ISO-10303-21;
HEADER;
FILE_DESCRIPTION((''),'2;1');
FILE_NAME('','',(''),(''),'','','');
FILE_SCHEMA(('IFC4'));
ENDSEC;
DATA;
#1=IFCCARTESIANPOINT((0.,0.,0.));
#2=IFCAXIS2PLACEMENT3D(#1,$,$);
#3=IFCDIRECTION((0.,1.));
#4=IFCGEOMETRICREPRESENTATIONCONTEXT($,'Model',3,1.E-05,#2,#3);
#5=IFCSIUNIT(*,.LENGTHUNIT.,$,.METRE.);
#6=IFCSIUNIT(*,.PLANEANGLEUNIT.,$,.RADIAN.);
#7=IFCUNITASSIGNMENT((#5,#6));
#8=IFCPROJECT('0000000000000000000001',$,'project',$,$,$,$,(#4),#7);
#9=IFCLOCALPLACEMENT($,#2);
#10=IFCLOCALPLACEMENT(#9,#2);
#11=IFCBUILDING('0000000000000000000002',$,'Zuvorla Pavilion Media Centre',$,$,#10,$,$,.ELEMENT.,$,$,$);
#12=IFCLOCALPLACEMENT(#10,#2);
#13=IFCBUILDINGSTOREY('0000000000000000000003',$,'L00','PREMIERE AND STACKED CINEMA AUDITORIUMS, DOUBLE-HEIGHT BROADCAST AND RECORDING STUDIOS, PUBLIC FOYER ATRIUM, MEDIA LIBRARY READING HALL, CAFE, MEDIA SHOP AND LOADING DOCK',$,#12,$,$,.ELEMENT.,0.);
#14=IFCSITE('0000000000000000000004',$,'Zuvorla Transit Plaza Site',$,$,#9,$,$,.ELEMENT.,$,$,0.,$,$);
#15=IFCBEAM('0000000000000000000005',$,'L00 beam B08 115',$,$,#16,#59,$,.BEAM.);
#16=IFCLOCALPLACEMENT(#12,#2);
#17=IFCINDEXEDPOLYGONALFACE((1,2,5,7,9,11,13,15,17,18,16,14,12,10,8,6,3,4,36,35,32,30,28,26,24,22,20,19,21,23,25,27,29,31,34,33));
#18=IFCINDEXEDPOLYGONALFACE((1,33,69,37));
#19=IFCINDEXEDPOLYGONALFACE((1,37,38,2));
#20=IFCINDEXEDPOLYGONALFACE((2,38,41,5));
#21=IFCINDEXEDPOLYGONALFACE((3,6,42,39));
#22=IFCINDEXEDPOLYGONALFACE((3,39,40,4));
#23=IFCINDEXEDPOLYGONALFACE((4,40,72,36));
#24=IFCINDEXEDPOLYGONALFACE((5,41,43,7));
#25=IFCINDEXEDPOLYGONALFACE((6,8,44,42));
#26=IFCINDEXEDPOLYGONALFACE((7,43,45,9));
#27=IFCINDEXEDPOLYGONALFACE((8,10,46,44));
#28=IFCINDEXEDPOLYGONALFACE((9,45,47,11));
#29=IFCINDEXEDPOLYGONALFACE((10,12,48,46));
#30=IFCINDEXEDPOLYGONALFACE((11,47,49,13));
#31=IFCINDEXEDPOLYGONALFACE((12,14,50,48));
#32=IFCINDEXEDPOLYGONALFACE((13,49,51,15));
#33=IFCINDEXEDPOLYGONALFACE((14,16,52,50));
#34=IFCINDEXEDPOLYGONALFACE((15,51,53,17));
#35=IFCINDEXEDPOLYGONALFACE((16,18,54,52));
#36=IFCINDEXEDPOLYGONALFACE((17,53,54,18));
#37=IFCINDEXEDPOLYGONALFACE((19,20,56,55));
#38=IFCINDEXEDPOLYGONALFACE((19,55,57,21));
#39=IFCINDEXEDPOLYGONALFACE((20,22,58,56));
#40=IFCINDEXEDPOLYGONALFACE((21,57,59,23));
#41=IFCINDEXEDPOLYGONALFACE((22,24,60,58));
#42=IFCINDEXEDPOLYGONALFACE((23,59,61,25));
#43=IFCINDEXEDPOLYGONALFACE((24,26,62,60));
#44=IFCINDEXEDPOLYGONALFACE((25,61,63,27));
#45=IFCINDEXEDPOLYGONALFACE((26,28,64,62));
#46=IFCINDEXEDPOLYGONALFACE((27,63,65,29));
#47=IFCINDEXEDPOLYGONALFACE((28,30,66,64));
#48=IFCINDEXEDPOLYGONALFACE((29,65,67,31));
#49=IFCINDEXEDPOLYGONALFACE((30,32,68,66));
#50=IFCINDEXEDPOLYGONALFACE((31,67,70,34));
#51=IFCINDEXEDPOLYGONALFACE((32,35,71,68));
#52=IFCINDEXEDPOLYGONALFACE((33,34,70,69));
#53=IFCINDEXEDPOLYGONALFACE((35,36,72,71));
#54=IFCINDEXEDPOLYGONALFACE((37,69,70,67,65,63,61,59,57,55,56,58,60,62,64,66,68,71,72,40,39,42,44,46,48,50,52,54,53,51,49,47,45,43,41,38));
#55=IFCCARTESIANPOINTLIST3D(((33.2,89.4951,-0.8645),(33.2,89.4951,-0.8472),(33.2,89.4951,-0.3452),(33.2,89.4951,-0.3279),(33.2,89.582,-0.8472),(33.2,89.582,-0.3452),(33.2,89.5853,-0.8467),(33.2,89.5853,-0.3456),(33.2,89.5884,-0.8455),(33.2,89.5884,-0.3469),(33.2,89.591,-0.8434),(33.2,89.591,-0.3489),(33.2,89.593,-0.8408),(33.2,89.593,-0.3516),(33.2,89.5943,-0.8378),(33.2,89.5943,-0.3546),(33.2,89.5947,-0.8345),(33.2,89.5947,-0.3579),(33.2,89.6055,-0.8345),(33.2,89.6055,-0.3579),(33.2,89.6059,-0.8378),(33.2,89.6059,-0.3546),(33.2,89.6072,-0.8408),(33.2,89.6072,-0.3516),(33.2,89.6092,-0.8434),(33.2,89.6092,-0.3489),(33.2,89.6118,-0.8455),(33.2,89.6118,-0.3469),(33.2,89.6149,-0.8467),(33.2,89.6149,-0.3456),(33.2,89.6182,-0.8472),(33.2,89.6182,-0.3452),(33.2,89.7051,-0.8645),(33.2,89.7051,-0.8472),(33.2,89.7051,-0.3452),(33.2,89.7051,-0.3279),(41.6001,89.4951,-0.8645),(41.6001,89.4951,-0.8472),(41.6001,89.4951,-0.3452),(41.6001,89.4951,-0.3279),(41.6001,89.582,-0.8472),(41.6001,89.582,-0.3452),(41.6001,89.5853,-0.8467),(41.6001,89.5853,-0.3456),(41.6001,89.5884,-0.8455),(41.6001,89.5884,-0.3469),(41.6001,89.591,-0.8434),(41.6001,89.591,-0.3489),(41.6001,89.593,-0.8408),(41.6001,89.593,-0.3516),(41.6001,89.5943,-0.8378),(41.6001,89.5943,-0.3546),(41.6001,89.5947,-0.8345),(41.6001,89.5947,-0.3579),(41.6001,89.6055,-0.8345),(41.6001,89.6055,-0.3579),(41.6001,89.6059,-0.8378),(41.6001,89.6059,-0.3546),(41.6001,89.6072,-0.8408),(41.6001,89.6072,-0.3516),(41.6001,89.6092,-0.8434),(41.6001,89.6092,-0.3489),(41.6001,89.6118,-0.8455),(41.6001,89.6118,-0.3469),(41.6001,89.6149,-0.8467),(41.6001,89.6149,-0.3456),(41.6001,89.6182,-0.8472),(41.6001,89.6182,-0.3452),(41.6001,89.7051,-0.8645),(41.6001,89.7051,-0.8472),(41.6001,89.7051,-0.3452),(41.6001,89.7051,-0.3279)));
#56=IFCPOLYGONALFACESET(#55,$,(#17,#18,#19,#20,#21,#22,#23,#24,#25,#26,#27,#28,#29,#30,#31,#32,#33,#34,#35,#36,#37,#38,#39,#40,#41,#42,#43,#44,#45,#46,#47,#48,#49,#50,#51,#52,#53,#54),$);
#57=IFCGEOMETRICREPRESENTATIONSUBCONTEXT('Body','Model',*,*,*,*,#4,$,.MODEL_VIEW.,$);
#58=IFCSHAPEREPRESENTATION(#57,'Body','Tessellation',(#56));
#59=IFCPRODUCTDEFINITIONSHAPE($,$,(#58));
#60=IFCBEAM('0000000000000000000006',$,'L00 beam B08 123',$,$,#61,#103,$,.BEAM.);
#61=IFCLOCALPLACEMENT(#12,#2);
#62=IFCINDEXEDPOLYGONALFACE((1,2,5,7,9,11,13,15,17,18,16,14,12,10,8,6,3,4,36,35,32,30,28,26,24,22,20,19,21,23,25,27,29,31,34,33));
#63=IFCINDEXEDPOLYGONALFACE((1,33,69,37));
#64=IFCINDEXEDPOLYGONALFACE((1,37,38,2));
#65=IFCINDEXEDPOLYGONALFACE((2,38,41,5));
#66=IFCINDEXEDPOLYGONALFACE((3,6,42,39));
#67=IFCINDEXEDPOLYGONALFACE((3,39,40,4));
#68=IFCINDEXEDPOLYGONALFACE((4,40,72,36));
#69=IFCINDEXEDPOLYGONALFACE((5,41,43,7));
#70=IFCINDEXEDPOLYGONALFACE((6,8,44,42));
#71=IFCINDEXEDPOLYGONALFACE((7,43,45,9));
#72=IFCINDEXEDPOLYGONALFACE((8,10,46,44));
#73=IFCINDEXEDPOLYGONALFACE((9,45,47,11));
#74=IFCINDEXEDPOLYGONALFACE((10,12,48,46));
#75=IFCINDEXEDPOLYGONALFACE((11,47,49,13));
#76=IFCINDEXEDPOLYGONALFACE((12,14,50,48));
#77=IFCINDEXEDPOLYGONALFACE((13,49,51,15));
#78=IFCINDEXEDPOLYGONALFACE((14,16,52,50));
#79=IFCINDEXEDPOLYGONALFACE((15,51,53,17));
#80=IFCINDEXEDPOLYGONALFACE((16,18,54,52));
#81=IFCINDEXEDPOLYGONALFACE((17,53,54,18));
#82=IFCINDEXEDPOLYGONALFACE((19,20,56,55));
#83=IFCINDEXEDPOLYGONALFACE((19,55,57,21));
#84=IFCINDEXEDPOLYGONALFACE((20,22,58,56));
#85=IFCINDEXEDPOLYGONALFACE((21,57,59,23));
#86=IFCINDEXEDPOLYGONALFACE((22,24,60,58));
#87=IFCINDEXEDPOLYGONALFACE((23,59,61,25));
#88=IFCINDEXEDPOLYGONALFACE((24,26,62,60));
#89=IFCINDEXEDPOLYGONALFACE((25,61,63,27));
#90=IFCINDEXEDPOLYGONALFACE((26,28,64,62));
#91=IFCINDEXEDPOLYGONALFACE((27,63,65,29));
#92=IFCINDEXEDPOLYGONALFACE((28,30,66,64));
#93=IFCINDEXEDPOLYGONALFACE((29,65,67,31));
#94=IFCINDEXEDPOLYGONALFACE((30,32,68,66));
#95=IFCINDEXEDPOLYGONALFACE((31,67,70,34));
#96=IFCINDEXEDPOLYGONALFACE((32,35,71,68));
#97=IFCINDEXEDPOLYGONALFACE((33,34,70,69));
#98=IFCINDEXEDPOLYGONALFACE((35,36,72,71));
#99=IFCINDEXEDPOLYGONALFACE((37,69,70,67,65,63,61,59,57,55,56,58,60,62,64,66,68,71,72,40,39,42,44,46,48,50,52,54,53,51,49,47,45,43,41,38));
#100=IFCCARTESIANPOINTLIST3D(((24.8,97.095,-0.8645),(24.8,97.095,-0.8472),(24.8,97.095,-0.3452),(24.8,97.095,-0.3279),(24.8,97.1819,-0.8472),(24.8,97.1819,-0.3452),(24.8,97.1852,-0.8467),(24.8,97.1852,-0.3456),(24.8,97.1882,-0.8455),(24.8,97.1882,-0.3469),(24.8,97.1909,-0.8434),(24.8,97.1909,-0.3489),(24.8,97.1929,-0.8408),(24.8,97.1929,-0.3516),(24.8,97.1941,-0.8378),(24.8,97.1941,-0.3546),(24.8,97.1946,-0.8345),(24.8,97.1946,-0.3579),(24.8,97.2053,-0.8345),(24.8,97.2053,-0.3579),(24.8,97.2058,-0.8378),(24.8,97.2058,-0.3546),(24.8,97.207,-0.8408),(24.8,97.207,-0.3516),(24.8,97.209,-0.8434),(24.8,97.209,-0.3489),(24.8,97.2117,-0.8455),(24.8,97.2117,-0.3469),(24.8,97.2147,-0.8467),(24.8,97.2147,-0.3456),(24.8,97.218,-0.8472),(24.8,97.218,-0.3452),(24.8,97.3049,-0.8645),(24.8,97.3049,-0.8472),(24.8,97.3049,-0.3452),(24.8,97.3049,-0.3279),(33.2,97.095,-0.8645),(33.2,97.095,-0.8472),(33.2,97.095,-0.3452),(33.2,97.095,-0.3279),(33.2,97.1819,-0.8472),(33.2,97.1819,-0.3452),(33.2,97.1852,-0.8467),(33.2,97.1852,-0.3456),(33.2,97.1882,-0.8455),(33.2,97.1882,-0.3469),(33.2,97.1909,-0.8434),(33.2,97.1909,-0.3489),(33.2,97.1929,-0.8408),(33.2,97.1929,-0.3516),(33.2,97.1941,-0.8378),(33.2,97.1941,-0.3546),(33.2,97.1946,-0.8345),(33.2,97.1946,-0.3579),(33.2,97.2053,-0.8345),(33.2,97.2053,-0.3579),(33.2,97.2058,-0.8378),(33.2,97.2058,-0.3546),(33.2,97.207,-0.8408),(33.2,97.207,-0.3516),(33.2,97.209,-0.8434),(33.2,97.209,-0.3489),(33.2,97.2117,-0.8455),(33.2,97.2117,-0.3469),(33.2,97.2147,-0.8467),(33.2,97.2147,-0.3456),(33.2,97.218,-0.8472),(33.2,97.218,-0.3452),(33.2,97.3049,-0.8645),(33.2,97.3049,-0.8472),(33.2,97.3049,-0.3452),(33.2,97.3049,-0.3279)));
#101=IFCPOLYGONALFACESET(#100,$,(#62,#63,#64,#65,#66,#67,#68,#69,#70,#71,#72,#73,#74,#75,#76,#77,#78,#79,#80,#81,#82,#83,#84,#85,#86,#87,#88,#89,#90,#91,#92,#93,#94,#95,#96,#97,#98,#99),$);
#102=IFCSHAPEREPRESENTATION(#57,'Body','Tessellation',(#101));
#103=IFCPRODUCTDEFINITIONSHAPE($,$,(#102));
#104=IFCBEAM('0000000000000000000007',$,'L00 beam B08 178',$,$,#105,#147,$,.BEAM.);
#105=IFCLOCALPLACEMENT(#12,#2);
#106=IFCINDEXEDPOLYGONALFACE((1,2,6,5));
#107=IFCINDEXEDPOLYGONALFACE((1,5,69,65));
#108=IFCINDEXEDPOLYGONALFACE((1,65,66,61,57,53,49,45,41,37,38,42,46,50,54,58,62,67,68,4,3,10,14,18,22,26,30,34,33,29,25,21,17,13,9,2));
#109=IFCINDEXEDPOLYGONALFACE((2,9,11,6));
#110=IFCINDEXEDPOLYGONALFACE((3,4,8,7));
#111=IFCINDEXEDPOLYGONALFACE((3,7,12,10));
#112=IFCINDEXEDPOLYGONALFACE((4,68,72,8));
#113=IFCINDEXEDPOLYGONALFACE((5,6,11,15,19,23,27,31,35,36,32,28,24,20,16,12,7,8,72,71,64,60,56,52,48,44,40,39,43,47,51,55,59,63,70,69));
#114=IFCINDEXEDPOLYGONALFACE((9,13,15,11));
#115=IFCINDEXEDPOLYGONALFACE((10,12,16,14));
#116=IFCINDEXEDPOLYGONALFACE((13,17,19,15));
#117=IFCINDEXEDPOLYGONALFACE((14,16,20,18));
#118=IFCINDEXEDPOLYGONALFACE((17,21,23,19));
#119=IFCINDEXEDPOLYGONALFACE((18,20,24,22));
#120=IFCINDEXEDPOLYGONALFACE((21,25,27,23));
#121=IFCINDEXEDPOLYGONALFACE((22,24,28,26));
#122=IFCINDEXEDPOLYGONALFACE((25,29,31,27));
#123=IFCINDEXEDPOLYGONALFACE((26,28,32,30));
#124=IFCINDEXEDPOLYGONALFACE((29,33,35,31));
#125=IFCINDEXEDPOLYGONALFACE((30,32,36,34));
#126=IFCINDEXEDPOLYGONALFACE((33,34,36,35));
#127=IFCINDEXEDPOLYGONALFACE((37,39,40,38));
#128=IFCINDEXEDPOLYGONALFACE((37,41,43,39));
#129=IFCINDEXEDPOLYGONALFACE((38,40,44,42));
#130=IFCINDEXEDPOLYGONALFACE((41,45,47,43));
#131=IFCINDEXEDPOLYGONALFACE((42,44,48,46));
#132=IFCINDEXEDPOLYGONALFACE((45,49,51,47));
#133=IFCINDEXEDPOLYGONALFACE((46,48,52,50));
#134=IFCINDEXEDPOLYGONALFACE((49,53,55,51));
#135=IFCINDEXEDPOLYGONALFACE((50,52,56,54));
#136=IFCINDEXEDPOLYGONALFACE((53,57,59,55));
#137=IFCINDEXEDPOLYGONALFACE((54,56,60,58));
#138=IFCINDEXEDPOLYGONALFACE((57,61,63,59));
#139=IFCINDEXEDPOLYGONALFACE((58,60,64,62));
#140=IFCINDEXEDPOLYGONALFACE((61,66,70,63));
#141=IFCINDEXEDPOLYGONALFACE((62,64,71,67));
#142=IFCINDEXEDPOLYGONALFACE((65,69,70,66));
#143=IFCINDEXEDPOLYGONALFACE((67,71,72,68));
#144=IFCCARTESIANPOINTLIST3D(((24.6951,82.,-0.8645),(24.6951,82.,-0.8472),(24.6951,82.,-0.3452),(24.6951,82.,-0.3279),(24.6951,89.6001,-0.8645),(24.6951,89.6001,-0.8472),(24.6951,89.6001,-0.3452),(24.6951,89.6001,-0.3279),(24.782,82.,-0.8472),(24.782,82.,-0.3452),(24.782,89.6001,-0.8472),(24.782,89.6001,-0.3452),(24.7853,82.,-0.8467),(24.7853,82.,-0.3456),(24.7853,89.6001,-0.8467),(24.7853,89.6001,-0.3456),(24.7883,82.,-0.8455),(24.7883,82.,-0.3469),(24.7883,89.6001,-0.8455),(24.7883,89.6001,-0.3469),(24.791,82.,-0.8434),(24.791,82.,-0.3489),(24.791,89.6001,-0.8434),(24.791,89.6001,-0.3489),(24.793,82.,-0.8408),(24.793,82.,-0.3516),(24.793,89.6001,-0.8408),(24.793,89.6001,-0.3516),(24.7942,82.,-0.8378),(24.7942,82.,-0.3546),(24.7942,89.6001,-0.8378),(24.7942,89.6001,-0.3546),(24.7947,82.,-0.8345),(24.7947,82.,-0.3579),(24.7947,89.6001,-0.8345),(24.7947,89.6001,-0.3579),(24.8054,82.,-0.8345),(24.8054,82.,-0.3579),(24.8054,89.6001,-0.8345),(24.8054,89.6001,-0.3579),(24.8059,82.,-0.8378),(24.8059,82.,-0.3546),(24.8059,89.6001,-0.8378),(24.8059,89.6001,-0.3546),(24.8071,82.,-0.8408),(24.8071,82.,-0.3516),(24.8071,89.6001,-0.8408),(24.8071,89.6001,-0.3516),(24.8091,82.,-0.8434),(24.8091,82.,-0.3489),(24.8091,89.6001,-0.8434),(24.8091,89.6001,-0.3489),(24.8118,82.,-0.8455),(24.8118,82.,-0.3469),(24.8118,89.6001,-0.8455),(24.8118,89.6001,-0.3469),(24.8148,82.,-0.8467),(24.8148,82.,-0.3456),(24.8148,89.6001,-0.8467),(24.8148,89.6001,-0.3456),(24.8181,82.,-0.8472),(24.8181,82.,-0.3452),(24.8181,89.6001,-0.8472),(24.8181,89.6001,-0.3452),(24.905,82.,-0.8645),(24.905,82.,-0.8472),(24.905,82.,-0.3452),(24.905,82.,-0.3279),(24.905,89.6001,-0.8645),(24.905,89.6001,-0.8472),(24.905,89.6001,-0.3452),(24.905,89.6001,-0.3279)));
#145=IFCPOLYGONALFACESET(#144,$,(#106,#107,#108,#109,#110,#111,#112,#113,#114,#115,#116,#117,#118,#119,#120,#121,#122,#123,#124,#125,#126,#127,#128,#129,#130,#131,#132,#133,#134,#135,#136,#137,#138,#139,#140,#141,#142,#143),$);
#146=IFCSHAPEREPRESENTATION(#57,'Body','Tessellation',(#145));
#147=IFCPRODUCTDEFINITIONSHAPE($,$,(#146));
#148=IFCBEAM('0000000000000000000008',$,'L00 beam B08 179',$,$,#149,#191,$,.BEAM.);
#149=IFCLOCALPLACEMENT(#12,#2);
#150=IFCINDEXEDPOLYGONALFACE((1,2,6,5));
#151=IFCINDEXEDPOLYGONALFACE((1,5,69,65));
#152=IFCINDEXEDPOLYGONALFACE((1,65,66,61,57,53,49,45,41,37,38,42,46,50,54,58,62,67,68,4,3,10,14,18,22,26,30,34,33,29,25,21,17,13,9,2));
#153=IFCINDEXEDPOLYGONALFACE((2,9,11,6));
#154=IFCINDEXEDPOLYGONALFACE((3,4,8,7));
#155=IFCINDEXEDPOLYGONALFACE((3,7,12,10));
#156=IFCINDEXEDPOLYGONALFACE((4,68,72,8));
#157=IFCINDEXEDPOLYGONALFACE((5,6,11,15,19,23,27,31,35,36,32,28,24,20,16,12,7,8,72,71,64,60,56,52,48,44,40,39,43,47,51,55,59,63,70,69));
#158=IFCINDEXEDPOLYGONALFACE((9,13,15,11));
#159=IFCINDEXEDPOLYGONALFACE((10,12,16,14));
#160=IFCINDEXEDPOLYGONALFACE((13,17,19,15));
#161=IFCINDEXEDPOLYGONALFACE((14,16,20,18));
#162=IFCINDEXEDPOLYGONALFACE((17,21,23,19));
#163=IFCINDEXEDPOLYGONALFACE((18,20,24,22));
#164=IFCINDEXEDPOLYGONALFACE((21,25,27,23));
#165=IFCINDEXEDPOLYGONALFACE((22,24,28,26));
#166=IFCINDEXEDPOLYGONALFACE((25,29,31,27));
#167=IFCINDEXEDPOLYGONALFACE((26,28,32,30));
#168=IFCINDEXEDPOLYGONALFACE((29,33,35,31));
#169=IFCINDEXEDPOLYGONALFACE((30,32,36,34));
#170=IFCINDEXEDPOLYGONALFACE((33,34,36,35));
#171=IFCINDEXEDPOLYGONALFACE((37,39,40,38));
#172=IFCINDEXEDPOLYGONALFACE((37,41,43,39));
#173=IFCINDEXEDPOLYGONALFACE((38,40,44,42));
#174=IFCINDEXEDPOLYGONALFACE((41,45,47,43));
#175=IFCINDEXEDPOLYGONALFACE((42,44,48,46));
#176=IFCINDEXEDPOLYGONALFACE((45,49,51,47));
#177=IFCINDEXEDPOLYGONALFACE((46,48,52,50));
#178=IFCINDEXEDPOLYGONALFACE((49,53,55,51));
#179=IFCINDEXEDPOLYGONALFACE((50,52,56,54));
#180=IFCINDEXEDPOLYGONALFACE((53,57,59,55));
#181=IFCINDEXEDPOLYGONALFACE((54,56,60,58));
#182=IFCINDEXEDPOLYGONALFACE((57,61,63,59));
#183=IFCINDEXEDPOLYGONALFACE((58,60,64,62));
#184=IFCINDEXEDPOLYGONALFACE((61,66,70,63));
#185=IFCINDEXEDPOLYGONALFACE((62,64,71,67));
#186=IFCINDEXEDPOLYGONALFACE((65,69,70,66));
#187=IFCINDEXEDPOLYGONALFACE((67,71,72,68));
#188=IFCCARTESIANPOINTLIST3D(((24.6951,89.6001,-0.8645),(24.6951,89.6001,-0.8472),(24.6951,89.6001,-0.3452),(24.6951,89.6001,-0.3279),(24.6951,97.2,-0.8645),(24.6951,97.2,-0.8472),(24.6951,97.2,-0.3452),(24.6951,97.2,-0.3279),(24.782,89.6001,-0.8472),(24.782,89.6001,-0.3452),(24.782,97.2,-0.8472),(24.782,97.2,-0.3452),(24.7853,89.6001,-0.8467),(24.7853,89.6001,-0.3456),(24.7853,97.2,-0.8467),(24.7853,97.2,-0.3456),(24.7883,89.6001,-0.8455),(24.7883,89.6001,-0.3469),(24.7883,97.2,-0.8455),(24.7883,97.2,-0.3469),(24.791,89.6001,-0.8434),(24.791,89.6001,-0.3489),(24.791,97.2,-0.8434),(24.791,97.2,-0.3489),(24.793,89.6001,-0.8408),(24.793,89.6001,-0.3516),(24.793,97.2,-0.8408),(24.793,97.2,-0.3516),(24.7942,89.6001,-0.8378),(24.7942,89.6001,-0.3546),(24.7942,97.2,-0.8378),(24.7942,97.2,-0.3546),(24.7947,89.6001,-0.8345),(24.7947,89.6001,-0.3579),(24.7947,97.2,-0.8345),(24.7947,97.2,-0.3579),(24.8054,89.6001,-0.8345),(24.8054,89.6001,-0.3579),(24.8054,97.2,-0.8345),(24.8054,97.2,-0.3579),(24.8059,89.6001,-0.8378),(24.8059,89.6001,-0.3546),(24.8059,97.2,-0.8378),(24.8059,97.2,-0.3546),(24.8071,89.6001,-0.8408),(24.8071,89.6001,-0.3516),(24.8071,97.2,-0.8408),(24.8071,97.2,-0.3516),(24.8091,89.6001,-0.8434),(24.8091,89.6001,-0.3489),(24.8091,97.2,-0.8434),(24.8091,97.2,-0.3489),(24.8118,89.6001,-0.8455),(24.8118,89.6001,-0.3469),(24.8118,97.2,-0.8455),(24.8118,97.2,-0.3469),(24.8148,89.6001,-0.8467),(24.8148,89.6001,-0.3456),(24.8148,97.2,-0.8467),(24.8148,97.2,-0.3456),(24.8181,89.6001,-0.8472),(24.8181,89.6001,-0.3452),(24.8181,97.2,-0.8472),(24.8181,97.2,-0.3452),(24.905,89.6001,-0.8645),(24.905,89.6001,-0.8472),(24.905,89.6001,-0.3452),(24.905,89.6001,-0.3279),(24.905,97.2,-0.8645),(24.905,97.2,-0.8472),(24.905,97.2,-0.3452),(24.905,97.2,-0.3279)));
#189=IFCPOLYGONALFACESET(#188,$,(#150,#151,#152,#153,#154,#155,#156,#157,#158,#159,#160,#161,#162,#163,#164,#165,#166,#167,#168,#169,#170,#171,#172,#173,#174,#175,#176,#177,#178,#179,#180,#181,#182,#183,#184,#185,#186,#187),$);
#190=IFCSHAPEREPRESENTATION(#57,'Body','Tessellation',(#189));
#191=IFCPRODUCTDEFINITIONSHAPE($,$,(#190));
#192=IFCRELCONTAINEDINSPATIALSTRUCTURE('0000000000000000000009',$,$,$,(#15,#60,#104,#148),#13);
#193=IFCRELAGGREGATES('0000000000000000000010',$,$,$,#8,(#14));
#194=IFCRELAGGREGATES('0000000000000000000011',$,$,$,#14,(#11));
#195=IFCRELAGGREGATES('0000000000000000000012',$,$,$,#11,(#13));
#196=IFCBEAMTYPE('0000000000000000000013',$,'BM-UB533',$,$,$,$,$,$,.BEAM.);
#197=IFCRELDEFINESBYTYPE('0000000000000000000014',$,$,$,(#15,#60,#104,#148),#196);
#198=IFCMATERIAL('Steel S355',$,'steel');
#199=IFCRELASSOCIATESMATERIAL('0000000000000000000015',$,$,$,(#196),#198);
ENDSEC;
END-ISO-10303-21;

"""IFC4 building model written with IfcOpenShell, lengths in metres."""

from ifc_helpers import new_model, si_unit, direction, frame, origin, origin_2d, place, context, subcontext, project, spatial, i_section, extrude, material, material_profile, profile_set, type_object, element, save


model = new_model("IFC4")

# Units and contexts
model_context = context("Model", 3, precision=1e-05, world=origin(), true_north=direction((0.0, 1.0)))
body_context = subcontext(model_context, "Body", "Model", "MODEL_VIEW")
ifc_project = project(units=[si_unit("LENGTHUNIT", "METRE"), si_unit("PLANEANGLEUNIT", "RADIAN")], contexts=[model_context])

# Site, building, storey
site_placement = place(None, origin())
site = spatial("IfcSite", under=ifc_project, at=site_placement, Name="Zuvorla Transit Plaza Site", CompositionType="ELEMENT", RefElevation=0.0)
building_placement = place(site_placement, origin())
building = spatial("IfcBuilding", under=site, at=building_placement, Name="Zuvorla Pavilion Media Centre", CompositionType="ELEMENT")
storey_placement = place(building_placement, origin())
storey = spatial("IfcBuildingStorey", under=building, at=storey_placement, Name="L00", Description="PREMIERE AND STACKED CINEMA AUDITORIUMS, DOUBLE-HEIGHT BROADCAST AND RECORDING STUDIOS, PUBLIC FOYER ATRIUM, MEDIA LIBRARY READING HALL, CAFE, MEDIA SHOP AND LOADING DOCK", CompositionType="ELEMENT", Elevation=0.0)

# Beams
ifc_material_1 = material(Name="Steel S355", Category="steel")
ifc_material_profile_1 = material_profile(ifc_material_1, i_section(OverallWidth=0.21, OverallDepth=0.5366, WebThickness=0.0107, FlangeThickness=0.0173, FilletRadius=0.0127, at=origin_2d()), Name="UB 533x210x101")
ifc_profile_set_1 = profile_set([ifc_material_profile_1], Name="Steel S355")
beam_type_1 = type_object("IfcBeamType", Name="BM-UB533", PredefinedType="BEAM", material=ifc_profile_set_1)
beam_1_placement = place(storey_placement, frame((33.2, 89.6001, -0.5962), z_axis=(1.0, 0.0, 0.0), x_axis=(0.0, 1.0, 0.0)))
element("IfcBeam", 1, at=beam_1_placement, inside=storey, type_object=beam_type_1, Name="L00 beam B08 115", PredefinedType="BEAM", context=body_context, shape_type="SweptSolid", body=[
    extrude(i_section(OverallWidth=0.21, OverallDepth=0.5366, WebThickness=0.0107, FlangeThickness=0.0173, FilletRadius=0.0127, at=origin_2d()), origin(), (0.0, 0.0, 1.0), 8.4001),
])
beam_2_placement = place(storey_placement, frame((24.8, 97.2, -0.5962), z_axis=(1.0, 0.0, 0.0), x_axis=(0.0, 1.0, 0.0)))
element("IfcBeam", 2, at=beam_2_placement, inside=storey, type_object=beam_type_1, Name="L00 beam B08 123", PredefinedType="BEAM", context=body_context, shape_type="SweptSolid", body=[
    extrude(i_section(OverallWidth=0.21, OverallDepth=0.5366, WebThickness=0.0107, FlangeThickness=0.0173, FilletRadius=0.0127, at=origin_2d()), origin(), (0.0, 0.0, 1.0), 8.3999),
])
beam_3_placement = place(storey_placement, frame((24.8, 82.0, -0.5962), z_axis=(0.0, 1.0, 0.0), x_axis=(-1.0, 0.0, 0.0)))
element("IfcBeam", 3, at=beam_3_placement, inside=storey, type_object=beam_type_1, Name="L00 beam B08 178", PredefinedType="BEAM", context=body_context, shape_type="SweptSolid", body=[
    extrude(i_section(OverallWidth=0.21, OverallDepth=0.5366, WebThickness=0.0107, FlangeThickness=0.0173, FilletRadius=0.0127, at=origin_2d()), origin(), (0.0, 0.0, 1.0), 7.6001),
])
beam_4_placement = place(storey_placement, frame((24.8, 89.6001, -0.5962), z_axis=(0.0, 1.0, 0.0), x_axis=(-1.0, 0.0, 0.0)))
element("IfcBeam", 4, at=beam_4_placement, inside=storey, type_object=beam_type_1, Name="L00 beam B08 179", PredefinedType="BEAM", context=body_context, shape_type="SweptSolid", body=[
    extrude(i_section(OverallWidth=0.21, OverallDepth=0.5366, WebThickness=0.0107, FlangeThickness=0.0173, FilletRadius=0.0127, at=origin_2d()), origin(), (0.0, 0.0, 1.0), 7.5999),
])

save(model, "model.ifc")
